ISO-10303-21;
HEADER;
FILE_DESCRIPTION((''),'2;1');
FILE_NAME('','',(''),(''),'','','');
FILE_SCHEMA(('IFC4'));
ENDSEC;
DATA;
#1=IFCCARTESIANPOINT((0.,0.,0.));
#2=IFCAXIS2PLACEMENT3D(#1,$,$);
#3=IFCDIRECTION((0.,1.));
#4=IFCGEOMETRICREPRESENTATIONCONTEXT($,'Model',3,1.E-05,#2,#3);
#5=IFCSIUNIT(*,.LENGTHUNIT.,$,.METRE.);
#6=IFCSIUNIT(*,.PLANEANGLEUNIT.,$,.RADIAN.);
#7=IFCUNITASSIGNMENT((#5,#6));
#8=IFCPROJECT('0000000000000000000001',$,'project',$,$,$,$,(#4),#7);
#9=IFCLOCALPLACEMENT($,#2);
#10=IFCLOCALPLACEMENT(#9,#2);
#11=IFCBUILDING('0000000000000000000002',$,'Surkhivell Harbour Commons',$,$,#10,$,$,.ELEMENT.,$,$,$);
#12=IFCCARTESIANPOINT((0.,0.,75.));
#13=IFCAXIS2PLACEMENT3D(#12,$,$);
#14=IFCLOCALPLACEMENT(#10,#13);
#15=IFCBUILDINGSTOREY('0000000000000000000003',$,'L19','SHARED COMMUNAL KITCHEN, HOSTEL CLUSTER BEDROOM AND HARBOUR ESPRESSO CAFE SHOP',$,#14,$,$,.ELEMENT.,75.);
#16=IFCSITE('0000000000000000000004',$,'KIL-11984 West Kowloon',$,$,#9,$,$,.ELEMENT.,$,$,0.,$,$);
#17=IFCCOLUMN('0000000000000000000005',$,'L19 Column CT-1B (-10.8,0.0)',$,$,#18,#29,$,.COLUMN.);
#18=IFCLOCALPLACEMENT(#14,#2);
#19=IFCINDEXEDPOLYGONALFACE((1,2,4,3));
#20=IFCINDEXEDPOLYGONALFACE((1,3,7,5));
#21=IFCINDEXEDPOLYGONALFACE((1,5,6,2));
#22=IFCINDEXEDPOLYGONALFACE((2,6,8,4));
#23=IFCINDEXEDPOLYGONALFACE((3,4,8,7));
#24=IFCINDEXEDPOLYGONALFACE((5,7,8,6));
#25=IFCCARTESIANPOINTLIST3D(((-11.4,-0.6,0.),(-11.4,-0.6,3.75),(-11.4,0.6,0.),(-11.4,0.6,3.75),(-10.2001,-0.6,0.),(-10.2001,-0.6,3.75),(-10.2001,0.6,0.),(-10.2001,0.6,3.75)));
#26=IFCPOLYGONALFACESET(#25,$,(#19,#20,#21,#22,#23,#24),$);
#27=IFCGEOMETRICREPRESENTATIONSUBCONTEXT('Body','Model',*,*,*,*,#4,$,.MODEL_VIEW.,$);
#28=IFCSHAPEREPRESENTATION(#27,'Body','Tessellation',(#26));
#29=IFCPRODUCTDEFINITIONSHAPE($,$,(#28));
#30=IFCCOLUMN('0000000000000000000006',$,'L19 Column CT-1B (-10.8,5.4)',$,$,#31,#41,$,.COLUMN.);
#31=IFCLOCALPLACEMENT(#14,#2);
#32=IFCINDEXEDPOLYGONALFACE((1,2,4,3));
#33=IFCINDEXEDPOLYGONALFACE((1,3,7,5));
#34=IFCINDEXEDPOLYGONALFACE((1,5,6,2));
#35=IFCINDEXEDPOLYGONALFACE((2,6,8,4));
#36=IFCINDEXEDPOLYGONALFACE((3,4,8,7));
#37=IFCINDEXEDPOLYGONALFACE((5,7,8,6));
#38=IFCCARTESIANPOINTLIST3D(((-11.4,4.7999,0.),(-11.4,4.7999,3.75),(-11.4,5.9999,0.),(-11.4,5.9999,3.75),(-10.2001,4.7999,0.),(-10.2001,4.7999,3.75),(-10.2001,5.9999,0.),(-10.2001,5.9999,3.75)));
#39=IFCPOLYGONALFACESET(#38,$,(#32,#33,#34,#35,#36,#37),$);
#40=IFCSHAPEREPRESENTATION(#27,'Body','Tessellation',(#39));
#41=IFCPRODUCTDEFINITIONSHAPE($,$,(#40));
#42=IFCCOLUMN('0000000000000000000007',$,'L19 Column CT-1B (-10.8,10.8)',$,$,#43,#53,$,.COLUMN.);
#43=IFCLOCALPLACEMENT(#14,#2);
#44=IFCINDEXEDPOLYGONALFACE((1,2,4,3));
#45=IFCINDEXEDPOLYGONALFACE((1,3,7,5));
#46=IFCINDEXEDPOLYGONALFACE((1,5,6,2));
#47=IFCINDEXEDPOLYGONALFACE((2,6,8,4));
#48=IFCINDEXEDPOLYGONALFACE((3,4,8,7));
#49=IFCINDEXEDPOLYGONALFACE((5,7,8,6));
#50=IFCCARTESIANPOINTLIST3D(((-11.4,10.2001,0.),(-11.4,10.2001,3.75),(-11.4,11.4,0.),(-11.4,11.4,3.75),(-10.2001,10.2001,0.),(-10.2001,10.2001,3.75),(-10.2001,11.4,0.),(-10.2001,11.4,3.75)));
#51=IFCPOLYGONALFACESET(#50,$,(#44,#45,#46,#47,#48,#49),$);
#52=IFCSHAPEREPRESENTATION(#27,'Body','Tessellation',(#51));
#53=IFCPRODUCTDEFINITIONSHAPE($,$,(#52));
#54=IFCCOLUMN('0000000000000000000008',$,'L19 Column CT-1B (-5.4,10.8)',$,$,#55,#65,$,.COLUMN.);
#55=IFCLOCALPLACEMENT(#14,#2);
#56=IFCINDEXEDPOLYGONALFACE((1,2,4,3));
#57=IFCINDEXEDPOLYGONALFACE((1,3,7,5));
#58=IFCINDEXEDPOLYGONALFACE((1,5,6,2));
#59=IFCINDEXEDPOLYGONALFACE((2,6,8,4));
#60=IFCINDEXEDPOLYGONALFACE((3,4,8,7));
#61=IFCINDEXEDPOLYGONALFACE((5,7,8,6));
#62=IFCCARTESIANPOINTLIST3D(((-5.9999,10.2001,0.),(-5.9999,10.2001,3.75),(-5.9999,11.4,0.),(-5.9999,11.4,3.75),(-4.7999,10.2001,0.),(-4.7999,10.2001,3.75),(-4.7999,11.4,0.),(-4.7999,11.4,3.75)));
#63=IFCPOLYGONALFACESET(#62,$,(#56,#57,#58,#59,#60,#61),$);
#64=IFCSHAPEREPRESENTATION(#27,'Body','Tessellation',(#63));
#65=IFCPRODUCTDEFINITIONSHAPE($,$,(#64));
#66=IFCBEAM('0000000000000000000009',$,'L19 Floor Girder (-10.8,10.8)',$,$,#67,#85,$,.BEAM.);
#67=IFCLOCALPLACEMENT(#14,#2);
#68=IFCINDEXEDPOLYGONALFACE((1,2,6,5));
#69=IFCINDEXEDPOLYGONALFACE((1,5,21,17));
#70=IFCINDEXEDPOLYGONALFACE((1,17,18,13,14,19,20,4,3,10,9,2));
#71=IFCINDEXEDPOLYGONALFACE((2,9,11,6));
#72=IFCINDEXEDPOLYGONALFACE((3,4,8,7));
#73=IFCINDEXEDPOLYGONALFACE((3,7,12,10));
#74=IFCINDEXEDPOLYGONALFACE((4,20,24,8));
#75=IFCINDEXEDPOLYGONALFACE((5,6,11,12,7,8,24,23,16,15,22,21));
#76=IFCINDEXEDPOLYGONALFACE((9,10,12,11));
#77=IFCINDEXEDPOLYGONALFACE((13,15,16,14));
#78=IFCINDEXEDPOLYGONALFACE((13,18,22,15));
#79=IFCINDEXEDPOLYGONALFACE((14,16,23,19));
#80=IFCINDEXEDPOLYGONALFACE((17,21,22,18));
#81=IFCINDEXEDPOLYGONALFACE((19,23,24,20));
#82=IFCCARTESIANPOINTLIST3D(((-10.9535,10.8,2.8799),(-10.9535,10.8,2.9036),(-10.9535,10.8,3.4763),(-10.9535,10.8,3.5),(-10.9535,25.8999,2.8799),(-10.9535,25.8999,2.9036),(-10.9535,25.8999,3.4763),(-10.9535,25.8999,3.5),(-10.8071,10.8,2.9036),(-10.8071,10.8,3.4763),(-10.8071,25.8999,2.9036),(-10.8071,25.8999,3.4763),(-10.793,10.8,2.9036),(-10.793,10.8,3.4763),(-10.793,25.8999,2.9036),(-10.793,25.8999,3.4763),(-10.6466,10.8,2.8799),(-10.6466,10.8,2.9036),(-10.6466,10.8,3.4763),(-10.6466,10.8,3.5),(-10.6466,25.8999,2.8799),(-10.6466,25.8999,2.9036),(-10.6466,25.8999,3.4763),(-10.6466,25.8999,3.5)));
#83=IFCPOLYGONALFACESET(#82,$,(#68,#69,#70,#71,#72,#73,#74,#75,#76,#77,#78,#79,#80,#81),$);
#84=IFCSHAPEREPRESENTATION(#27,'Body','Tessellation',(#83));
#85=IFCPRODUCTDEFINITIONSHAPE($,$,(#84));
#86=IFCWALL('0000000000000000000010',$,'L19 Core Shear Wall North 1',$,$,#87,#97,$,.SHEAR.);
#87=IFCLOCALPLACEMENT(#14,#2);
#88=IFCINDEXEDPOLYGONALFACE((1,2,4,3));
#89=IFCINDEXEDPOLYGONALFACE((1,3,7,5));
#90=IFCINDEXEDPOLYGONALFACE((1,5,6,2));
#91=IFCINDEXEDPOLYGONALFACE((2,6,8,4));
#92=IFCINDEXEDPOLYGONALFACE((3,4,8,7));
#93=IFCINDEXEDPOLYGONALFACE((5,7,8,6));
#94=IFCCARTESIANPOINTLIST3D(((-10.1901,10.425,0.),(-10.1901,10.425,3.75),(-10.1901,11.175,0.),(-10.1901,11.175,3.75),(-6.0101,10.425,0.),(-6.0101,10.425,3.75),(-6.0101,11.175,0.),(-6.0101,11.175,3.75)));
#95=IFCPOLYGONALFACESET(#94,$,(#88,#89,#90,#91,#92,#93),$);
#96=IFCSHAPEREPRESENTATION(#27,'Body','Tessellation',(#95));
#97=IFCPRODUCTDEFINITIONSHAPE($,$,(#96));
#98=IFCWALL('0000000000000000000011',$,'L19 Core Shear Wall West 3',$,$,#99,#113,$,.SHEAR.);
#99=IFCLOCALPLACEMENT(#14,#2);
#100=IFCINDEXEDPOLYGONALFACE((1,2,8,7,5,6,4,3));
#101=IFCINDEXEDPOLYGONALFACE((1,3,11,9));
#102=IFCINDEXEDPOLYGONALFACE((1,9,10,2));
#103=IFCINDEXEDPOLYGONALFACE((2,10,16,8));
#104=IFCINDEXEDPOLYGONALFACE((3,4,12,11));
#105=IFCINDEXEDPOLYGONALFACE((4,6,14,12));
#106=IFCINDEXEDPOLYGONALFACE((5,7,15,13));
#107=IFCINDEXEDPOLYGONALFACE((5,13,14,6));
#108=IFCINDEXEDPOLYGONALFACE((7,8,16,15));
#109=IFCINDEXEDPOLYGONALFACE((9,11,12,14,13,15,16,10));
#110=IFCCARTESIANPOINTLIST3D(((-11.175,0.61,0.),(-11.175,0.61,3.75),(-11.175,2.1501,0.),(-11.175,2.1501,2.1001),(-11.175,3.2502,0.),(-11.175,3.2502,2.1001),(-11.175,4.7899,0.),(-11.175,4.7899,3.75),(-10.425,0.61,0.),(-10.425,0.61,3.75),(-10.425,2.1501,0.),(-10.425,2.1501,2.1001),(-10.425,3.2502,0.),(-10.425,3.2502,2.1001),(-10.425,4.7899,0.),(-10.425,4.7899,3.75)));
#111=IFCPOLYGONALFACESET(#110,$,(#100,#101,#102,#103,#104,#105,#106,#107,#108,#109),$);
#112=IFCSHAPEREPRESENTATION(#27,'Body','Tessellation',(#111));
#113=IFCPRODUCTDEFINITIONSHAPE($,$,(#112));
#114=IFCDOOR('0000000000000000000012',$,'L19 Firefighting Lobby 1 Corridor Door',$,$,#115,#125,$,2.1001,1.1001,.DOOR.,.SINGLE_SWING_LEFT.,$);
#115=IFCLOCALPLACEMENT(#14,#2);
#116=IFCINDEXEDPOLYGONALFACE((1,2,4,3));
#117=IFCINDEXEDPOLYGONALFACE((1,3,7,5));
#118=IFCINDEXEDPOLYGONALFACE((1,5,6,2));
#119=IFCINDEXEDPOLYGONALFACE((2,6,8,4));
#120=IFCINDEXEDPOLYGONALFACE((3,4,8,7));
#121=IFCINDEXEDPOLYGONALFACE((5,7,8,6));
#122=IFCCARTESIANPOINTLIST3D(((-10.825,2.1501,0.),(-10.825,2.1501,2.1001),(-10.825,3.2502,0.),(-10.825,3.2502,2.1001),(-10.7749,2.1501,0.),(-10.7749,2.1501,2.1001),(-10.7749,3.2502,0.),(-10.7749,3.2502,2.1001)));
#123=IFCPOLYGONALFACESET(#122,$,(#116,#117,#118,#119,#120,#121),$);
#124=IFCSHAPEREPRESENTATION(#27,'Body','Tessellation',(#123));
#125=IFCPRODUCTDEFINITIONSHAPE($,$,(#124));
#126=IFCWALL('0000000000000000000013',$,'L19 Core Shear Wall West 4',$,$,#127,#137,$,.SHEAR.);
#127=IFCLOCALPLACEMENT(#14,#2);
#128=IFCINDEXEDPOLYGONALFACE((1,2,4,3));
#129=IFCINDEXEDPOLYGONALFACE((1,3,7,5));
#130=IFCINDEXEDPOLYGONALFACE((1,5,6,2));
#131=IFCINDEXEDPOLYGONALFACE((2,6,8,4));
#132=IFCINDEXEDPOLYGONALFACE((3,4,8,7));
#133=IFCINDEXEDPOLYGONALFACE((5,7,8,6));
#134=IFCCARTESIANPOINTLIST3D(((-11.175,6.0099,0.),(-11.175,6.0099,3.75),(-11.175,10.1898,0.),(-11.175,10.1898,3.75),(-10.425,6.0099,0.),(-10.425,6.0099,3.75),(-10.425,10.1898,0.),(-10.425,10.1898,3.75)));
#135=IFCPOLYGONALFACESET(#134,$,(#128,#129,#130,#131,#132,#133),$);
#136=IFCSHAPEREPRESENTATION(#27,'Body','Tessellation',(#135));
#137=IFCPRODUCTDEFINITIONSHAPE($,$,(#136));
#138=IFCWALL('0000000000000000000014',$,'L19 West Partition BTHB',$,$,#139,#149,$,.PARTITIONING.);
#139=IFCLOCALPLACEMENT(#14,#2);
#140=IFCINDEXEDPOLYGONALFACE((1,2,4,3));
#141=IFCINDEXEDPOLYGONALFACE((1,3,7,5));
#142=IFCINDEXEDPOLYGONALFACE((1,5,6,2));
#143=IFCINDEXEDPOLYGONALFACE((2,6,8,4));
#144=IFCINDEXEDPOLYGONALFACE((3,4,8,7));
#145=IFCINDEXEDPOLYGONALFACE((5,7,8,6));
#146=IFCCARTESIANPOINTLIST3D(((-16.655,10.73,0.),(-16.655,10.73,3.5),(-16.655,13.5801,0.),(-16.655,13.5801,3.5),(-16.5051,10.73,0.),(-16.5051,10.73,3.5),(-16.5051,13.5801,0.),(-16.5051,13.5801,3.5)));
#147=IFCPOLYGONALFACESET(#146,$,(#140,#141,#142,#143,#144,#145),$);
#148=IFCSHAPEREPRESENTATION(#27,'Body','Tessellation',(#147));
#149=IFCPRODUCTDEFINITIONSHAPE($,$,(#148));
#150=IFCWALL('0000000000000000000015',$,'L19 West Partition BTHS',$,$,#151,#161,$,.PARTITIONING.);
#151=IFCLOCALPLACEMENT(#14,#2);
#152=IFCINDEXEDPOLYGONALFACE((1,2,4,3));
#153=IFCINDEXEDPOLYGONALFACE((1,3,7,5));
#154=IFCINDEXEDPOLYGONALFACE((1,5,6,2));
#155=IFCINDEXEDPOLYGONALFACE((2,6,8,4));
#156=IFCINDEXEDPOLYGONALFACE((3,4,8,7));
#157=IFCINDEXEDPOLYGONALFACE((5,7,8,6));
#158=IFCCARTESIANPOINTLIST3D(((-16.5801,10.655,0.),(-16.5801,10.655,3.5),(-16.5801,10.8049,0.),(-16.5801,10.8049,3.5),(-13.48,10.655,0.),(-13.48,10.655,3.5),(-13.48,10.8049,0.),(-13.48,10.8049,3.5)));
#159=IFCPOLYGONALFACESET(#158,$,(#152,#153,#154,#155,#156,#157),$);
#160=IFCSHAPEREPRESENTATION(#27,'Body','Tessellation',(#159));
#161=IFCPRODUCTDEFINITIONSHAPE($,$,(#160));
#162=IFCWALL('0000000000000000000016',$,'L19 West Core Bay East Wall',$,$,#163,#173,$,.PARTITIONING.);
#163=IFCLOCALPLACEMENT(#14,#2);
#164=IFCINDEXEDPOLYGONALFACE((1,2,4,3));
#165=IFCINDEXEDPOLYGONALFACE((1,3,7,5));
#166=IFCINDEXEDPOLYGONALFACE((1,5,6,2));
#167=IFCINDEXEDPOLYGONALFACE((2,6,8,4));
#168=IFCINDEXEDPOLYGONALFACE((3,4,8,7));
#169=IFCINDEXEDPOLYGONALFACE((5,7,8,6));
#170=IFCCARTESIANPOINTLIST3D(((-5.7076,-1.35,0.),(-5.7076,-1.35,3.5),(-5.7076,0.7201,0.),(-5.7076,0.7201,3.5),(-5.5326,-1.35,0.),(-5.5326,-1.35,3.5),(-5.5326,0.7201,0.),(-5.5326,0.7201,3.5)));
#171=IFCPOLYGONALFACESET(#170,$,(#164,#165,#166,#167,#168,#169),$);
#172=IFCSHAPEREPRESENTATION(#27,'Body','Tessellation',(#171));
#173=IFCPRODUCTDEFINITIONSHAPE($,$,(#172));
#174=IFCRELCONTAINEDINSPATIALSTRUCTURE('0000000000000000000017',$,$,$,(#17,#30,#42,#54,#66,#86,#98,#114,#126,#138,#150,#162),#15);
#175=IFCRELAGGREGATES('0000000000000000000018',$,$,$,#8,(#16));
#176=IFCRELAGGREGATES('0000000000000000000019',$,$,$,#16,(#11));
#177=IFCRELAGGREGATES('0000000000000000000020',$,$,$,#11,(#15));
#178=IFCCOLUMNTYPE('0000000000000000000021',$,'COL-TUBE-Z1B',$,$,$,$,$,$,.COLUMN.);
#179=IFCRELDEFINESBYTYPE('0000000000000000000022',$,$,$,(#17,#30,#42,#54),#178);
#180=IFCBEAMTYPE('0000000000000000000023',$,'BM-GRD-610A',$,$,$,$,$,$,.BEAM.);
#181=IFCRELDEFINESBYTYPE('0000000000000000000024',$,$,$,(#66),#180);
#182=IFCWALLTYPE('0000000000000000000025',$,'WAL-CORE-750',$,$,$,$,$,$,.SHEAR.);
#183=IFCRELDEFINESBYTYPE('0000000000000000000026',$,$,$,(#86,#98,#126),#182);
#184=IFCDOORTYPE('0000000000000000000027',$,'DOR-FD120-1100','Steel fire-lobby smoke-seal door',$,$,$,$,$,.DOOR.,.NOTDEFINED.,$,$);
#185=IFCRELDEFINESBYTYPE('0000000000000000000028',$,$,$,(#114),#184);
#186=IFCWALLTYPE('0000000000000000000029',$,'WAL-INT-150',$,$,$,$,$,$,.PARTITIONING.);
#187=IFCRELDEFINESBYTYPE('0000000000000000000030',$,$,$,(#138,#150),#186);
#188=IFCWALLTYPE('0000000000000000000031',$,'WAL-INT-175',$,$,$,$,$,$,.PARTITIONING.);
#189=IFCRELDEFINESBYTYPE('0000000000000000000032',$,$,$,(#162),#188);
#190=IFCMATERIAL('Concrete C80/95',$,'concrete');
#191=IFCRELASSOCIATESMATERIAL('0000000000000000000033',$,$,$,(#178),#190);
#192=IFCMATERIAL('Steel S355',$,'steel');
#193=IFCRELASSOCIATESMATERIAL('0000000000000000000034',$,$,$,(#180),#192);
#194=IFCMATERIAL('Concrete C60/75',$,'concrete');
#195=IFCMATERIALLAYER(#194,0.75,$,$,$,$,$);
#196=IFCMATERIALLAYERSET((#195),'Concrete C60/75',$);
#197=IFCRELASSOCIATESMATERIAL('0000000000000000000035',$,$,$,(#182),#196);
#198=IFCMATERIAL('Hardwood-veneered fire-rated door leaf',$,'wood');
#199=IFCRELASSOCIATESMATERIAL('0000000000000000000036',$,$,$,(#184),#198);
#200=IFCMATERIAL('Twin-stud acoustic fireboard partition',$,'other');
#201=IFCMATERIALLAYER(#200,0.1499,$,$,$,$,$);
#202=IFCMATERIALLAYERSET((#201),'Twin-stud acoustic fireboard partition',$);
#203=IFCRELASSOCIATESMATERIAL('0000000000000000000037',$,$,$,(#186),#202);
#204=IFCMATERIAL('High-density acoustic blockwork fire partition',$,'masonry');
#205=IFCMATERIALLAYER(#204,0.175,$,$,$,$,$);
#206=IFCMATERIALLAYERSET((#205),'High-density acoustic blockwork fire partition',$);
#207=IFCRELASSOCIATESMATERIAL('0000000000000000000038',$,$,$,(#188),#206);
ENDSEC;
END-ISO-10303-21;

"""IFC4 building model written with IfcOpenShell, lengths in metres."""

from ifc_helpers import new_model, si_unit, direction, frame, frame_2d, origin, origin_2d, place, context, subcontext, project, spatial, rectangle, i_section, extrude, material, layer, layer_set, material_profile, profile_set, type_object, element, fill, save


model = new_model("IFC4")

# Units and contexts
model_context = context("Model", 3, precision=1e-05, world=origin(), true_north=direction((0.0, 1.0)))
body_context = subcontext(model_context, "Body", "Model", "MODEL_VIEW")
ifc_project = project(units=[si_unit("LENGTHUNIT", "METRE"), si_unit("PLANEANGLEUNIT", "RADIAN")], contexts=[model_context])

# Site, building, storey
site_placement = place(None, origin())
site = spatial("IfcSite", under=ifc_project, at=site_placement, Name="KIL-11984 West Kowloon", CompositionType="ELEMENT", RefElevation=0.0)
building_placement = place(site_placement, origin())
building = spatial("IfcBuilding", under=site, at=building_placement, Name="Surkhivell Harbour Commons", CompositionType="ELEMENT")
storey_placement = place(building_placement, frame((0.0, 0.0, 75.0)))
storey = spatial("IfcBuildingStorey", under=building, at=storey_placement, Name="L19", Description="SHARED COMMUNAL KITCHEN, HOSTEL CLUSTER BEDROOM AND HARBOUR ESPRESSO CAFE SHOP", CompositionType="ELEMENT", Elevation=75.0)

# Columns
ifc_material_1 = material(Name="Concrete C80/95", Category="concrete")
ifc_material_profile_1 = material_profile(ifc_material_1, rectangle(XDim=1.2, YDim=1.2, at=origin_2d()), Name="RC-COL-1200x1200")
ifc_profile_set_1 = profile_set([ifc_material_profile_1], Name="Concrete C80/95")
column_type = type_object("IfcColumnType", Name="COL-TUBE-Z1B", PredefinedType="COLUMN", material=ifc_profile_set_1)
for number, where, z_axis, x_axis, name in (
    (1, (-10.8, 0.0, 0.0), (0.0, 0.0, 1.0), (1.0, 0.0, 0.0), "L19 Column CT-1B (-10.8,0.0)"),
    (2, (-10.8, 5.3999, 0.0), (0.0, 0.0, 1.0), (1.0, 0.0, 0.0), "L19 Column CT-1B (-10.8,5.4)"),
    (3, (-10.8, 10.8, 0.0), (0.0, 0.0, 1.0), (1.0, 0.0, 0.0), "L19 Column CT-1B (-10.8,10.8)"),
    (4, (-5.3999, 10.8, 0.0), (0.0, 0.0, 1.0), (1.0, 0.0, 0.0), "L19 Column CT-1B (-5.4,10.8)"),
):
    element("IfcColumn", number, at=place(storey_placement, frame(where, z_axis=z_axis, x_axis=x_axis)), inside=storey, type_object=column_type, Name=name, PredefinedType="COLUMN", context=body_context, shape_type="SweptSolid", body=[
        extrude(rectangle(XDim=1.2, YDim=1.2, at=origin_2d()), origin(), (0.0, 0.0, 1.0), 3.75),
    ])

# Beam
ifc_material_2 = material(Name="Steel S355", Category="steel")
ifc_material_profile_2 = material_profile(ifc_material_2, i_section(OverallWidth=0.3069, OverallDepth=0.6201, WebThickness=0.0142, FlangeThickness=0.0237, at=origin_2d()), Name="UB610x305x179")
ifc_profile_set_2 = profile_set([ifc_material_profile_2], Name="Steel S355")
beam_type = type_object("IfcBeamType", Name="BM-GRD-610A", PredefinedType="BEAM", material=ifc_profile_set_2)
beam_placement = place(storey_placement, frame((-10.8, 10.8, 3.1899), z_axis=(0.0, 1.0, 0.0), x_axis=(-1.0, 0.0, 0.0)))
element("IfcBeam", 5, at=beam_placement, inside=storey, type_object=beam_type, Name="L19 Floor Girder (-10.8,10.8)", PredefinedType="BEAM", context=body_context, shape_type="SweptSolid", body=[
    extrude(i_section(OverallWidth=0.3069, OverallDepth=0.6201, WebThickness=0.0142, FlangeThickness=0.0237, at=origin_2d()), origin(), (0.0, 0.0, 1.0), 15.0999),
])

# Wall
ifc_material_3 = material(Name="Concrete C60/75", Category="concrete")
ifc_layer_1 = layer(ifc_material_3, 0.75)
ifc_layer_set_1 = layer_set([ifc_layer_1], Name="Concrete C60/75")
wall_type_1 = type_object("IfcWallType", Name="WAL-CORE-750", PredefinedType="SHEAR", material=ifc_layer_set_1)
wall_1_placement = place(storey_placement, frame((-10.1899, 10.8, 0.0), z_axis=(0.0, 0.0, 1.0), x_axis=(1.0, 0.0, 0.0)))
element("IfcWall", 6, at=wall_1_placement, inside=storey, type_object=wall_type_1, Name="L19 Core Shear Wall North 1", PredefinedType="SHEAR", context=body_context, shape_type="SweptSolid", body=[
    extrude(rectangle(XDim=4.1799, YDim=0.75, at=frame_2d((2.0898, 0.0))), origin(), (0.0, 0.0, 1.0), 3.75),
])

# Wall, opening, door
wall_2_placement = place(storey_placement, frame((-10.8, 0.6101, 0.0), z_axis=(0.0, 0.0, 1.0), x_axis=(0.0, 1.0, 0.0)))
wall_2 = element("IfcWall", 7, at=wall_2_placement, inside=storey, type_object=wall_type_1, Name="L19 Core Shear Wall West 3", PredefinedType="SHEAR", context=body_context, shape_type="SweptSolid", body=[
    extrude(rectangle(XDim=4.1799, YDim=0.75, at=frame_2d((2.0898, 0.0))), origin(), (0.0, 0.0, 1.0), 3.75),
])
opening_1_placement = place(wall_2_placement, frame((1.54, 0.0, 0.0)))
opening_1 = element("IfcOpeningElement", 8, at=opening_1_placement, cuts=wall_2, PredefinedType="OPENING", context=body_context, shape_type="SweptSolid", body=[
    extrude(rectangle(XDim=1.1001, YDim=2.1001, at=frame_2d((0.55, 1.05))), frame((0.0, 0.385, 0.0), z_axis=(0.0, -1.0, 0.0), x_axis=(1.0, 0.0, 0.0)), (0.0, 0.0, 1.0), 0.77),
])
ifc_material_4 = material(Name="Hardwood-veneered fire-rated door leaf", Category="wood")
door_type_1 = type_object("IfcDoorType", Name="DOR-FD120-1100", Description="Steel fire-lobby smoke-seal door", OperationType="NOTDEFINED", PredefinedType="DOOR", material=ifc_material_4)
door_1_placement = place(opening_1_placement, origin())
door_1 = element("IfcDoor", 9, at=door_1_placement, inside=storey, type_object=door_type_1, Name="L19 Firefighting Lobby 1 Corridor Door", OperationType="SINGLE_SWING_LEFT", OverallHeight=2.1001, OverallWidth=1.1001, PredefinedType="DOOR", context=body_context, shape_type="SweptSolid", body=[
    extrude(rectangle(XDim=1.1001, YDim=2.1001, at=frame_2d((0.55, 1.05))), frame((0.0, 0.0249, 0.0), z_axis=(0.0, -1.0, 0.0), x_axis=(1.0, 0.0, 0.0)), (0.0, 0.0, 1.0), 0.05),
])
fill(opening_1, door_1)

# Walls
wall_3_placement = place(storey_placement, frame((-10.8, 6.01, 0.0), z_axis=(0.0, 0.0, 1.0), x_axis=(0.0, 1.0, 0.0)))
element("IfcWall", 10, at=wall_3_placement, inside=storey, type_object=wall_type_1, Name="L19 Core Shear Wall West 4", PredefinedType="SHEAR", context=body_context, shape_type="SweptSolid", body=[
    extrude(rectangle(XDim=4.1799, YDim=0.75, at=frame_2d((2.0898, 0.0))), origin(), (0.0, 0.0, 1.0), 3.75),
])
ifc_material_5 = material(Name="Twin-stud acoustic fireboard partition", Category="other")
ifc_layer_2 = layer(ifc_material_5, 0.1499)
ifc_layer_set_2 = layer_set([ifc_layer_2], Name="Twin-stud acoustic fireboard partition")
wall_type_2 = type_object("IfcWallType", Name="WAL-INT-150", PredefinedType="PARTITIONING", material=ifc_layer_set_2)
wall_4_placement = place(storey_placement, frame((-16.5801, 10.73, 0.0), z_axis=(0.0, 0.0, 1.0), x_axis=(0.0, 1.0, 0.0)))
element("IfcWall", 11, at=wall_4_placement, inside=storey, type_object=wall_type_2, Name="L19 West Partition BTHB", PredefinedType="PARTITIONING", context=body_context, shape_type="SweptSolid", body=[
    extrude(rectangle(XDim=2.8501, YDim=0.1499, at=frame_2d((1.425, 0.0))), origin(), (0.0, 0.0, 1.0), 3.5),
])
wall_5_placement = place(storey_placement, frame((-16.5801, 10.73, 0.0), z_axis=(0.0, 0.0, 1.0), x_axis=(1.0, 0.0, 0.0)))
element("IfcWall", 12, at=wall_5_placement, inside=storey, type_object=wall_type_2, Name="L19 West Partition BTHS", PredefinedType="PARTITIONING", context=body_context, shape_type="SweptSolid", body=[
    extrude(rectangle(XDim=3.1001, YDim=0.1499, at=frame_2d((1.55, 0.0))), origin(), (0.0, 0.0, 1.0), 3.5),
])
ifc_material_6 = material(Name="High-density acoustic blockwork fire partition", Category="masonry")
ifc_layer_3 = layer(ifc_material_6, 0.175)
ifc_layer_set_3 = layer_set([ifc_layer_3], Name="High-density acoustic blockwork fire partition")
wall_type_3 = type_object("IfcWallType", Name="WAL-INT-175", PredefinedType="PARTITIONING", material=ifc_layer_set_3)
wall_6_placement = place(storey_placement, frame((-5.6201, -1.3501, 0.0), z_axis=(0.0, 0.0, 1.0), x_axis=(0.0, 1.0, 0.0)))
element("IfcWall", 13, at=wall_6_placement, inside=storey, type_object=wall_type_3, Name="L19 West Core Bay East Wall", PredefinedType="PARTITIONING", context=body_context, shape_type="SweptSolid", body=[
    extrude(rectangle(XDim=2.0701, YDim=0.175, at=frame_2d((1.0352, 0.0))), origin(), (0.0, 0.0, 1.0), 3.5),
])

save(model, "model.ifc")
